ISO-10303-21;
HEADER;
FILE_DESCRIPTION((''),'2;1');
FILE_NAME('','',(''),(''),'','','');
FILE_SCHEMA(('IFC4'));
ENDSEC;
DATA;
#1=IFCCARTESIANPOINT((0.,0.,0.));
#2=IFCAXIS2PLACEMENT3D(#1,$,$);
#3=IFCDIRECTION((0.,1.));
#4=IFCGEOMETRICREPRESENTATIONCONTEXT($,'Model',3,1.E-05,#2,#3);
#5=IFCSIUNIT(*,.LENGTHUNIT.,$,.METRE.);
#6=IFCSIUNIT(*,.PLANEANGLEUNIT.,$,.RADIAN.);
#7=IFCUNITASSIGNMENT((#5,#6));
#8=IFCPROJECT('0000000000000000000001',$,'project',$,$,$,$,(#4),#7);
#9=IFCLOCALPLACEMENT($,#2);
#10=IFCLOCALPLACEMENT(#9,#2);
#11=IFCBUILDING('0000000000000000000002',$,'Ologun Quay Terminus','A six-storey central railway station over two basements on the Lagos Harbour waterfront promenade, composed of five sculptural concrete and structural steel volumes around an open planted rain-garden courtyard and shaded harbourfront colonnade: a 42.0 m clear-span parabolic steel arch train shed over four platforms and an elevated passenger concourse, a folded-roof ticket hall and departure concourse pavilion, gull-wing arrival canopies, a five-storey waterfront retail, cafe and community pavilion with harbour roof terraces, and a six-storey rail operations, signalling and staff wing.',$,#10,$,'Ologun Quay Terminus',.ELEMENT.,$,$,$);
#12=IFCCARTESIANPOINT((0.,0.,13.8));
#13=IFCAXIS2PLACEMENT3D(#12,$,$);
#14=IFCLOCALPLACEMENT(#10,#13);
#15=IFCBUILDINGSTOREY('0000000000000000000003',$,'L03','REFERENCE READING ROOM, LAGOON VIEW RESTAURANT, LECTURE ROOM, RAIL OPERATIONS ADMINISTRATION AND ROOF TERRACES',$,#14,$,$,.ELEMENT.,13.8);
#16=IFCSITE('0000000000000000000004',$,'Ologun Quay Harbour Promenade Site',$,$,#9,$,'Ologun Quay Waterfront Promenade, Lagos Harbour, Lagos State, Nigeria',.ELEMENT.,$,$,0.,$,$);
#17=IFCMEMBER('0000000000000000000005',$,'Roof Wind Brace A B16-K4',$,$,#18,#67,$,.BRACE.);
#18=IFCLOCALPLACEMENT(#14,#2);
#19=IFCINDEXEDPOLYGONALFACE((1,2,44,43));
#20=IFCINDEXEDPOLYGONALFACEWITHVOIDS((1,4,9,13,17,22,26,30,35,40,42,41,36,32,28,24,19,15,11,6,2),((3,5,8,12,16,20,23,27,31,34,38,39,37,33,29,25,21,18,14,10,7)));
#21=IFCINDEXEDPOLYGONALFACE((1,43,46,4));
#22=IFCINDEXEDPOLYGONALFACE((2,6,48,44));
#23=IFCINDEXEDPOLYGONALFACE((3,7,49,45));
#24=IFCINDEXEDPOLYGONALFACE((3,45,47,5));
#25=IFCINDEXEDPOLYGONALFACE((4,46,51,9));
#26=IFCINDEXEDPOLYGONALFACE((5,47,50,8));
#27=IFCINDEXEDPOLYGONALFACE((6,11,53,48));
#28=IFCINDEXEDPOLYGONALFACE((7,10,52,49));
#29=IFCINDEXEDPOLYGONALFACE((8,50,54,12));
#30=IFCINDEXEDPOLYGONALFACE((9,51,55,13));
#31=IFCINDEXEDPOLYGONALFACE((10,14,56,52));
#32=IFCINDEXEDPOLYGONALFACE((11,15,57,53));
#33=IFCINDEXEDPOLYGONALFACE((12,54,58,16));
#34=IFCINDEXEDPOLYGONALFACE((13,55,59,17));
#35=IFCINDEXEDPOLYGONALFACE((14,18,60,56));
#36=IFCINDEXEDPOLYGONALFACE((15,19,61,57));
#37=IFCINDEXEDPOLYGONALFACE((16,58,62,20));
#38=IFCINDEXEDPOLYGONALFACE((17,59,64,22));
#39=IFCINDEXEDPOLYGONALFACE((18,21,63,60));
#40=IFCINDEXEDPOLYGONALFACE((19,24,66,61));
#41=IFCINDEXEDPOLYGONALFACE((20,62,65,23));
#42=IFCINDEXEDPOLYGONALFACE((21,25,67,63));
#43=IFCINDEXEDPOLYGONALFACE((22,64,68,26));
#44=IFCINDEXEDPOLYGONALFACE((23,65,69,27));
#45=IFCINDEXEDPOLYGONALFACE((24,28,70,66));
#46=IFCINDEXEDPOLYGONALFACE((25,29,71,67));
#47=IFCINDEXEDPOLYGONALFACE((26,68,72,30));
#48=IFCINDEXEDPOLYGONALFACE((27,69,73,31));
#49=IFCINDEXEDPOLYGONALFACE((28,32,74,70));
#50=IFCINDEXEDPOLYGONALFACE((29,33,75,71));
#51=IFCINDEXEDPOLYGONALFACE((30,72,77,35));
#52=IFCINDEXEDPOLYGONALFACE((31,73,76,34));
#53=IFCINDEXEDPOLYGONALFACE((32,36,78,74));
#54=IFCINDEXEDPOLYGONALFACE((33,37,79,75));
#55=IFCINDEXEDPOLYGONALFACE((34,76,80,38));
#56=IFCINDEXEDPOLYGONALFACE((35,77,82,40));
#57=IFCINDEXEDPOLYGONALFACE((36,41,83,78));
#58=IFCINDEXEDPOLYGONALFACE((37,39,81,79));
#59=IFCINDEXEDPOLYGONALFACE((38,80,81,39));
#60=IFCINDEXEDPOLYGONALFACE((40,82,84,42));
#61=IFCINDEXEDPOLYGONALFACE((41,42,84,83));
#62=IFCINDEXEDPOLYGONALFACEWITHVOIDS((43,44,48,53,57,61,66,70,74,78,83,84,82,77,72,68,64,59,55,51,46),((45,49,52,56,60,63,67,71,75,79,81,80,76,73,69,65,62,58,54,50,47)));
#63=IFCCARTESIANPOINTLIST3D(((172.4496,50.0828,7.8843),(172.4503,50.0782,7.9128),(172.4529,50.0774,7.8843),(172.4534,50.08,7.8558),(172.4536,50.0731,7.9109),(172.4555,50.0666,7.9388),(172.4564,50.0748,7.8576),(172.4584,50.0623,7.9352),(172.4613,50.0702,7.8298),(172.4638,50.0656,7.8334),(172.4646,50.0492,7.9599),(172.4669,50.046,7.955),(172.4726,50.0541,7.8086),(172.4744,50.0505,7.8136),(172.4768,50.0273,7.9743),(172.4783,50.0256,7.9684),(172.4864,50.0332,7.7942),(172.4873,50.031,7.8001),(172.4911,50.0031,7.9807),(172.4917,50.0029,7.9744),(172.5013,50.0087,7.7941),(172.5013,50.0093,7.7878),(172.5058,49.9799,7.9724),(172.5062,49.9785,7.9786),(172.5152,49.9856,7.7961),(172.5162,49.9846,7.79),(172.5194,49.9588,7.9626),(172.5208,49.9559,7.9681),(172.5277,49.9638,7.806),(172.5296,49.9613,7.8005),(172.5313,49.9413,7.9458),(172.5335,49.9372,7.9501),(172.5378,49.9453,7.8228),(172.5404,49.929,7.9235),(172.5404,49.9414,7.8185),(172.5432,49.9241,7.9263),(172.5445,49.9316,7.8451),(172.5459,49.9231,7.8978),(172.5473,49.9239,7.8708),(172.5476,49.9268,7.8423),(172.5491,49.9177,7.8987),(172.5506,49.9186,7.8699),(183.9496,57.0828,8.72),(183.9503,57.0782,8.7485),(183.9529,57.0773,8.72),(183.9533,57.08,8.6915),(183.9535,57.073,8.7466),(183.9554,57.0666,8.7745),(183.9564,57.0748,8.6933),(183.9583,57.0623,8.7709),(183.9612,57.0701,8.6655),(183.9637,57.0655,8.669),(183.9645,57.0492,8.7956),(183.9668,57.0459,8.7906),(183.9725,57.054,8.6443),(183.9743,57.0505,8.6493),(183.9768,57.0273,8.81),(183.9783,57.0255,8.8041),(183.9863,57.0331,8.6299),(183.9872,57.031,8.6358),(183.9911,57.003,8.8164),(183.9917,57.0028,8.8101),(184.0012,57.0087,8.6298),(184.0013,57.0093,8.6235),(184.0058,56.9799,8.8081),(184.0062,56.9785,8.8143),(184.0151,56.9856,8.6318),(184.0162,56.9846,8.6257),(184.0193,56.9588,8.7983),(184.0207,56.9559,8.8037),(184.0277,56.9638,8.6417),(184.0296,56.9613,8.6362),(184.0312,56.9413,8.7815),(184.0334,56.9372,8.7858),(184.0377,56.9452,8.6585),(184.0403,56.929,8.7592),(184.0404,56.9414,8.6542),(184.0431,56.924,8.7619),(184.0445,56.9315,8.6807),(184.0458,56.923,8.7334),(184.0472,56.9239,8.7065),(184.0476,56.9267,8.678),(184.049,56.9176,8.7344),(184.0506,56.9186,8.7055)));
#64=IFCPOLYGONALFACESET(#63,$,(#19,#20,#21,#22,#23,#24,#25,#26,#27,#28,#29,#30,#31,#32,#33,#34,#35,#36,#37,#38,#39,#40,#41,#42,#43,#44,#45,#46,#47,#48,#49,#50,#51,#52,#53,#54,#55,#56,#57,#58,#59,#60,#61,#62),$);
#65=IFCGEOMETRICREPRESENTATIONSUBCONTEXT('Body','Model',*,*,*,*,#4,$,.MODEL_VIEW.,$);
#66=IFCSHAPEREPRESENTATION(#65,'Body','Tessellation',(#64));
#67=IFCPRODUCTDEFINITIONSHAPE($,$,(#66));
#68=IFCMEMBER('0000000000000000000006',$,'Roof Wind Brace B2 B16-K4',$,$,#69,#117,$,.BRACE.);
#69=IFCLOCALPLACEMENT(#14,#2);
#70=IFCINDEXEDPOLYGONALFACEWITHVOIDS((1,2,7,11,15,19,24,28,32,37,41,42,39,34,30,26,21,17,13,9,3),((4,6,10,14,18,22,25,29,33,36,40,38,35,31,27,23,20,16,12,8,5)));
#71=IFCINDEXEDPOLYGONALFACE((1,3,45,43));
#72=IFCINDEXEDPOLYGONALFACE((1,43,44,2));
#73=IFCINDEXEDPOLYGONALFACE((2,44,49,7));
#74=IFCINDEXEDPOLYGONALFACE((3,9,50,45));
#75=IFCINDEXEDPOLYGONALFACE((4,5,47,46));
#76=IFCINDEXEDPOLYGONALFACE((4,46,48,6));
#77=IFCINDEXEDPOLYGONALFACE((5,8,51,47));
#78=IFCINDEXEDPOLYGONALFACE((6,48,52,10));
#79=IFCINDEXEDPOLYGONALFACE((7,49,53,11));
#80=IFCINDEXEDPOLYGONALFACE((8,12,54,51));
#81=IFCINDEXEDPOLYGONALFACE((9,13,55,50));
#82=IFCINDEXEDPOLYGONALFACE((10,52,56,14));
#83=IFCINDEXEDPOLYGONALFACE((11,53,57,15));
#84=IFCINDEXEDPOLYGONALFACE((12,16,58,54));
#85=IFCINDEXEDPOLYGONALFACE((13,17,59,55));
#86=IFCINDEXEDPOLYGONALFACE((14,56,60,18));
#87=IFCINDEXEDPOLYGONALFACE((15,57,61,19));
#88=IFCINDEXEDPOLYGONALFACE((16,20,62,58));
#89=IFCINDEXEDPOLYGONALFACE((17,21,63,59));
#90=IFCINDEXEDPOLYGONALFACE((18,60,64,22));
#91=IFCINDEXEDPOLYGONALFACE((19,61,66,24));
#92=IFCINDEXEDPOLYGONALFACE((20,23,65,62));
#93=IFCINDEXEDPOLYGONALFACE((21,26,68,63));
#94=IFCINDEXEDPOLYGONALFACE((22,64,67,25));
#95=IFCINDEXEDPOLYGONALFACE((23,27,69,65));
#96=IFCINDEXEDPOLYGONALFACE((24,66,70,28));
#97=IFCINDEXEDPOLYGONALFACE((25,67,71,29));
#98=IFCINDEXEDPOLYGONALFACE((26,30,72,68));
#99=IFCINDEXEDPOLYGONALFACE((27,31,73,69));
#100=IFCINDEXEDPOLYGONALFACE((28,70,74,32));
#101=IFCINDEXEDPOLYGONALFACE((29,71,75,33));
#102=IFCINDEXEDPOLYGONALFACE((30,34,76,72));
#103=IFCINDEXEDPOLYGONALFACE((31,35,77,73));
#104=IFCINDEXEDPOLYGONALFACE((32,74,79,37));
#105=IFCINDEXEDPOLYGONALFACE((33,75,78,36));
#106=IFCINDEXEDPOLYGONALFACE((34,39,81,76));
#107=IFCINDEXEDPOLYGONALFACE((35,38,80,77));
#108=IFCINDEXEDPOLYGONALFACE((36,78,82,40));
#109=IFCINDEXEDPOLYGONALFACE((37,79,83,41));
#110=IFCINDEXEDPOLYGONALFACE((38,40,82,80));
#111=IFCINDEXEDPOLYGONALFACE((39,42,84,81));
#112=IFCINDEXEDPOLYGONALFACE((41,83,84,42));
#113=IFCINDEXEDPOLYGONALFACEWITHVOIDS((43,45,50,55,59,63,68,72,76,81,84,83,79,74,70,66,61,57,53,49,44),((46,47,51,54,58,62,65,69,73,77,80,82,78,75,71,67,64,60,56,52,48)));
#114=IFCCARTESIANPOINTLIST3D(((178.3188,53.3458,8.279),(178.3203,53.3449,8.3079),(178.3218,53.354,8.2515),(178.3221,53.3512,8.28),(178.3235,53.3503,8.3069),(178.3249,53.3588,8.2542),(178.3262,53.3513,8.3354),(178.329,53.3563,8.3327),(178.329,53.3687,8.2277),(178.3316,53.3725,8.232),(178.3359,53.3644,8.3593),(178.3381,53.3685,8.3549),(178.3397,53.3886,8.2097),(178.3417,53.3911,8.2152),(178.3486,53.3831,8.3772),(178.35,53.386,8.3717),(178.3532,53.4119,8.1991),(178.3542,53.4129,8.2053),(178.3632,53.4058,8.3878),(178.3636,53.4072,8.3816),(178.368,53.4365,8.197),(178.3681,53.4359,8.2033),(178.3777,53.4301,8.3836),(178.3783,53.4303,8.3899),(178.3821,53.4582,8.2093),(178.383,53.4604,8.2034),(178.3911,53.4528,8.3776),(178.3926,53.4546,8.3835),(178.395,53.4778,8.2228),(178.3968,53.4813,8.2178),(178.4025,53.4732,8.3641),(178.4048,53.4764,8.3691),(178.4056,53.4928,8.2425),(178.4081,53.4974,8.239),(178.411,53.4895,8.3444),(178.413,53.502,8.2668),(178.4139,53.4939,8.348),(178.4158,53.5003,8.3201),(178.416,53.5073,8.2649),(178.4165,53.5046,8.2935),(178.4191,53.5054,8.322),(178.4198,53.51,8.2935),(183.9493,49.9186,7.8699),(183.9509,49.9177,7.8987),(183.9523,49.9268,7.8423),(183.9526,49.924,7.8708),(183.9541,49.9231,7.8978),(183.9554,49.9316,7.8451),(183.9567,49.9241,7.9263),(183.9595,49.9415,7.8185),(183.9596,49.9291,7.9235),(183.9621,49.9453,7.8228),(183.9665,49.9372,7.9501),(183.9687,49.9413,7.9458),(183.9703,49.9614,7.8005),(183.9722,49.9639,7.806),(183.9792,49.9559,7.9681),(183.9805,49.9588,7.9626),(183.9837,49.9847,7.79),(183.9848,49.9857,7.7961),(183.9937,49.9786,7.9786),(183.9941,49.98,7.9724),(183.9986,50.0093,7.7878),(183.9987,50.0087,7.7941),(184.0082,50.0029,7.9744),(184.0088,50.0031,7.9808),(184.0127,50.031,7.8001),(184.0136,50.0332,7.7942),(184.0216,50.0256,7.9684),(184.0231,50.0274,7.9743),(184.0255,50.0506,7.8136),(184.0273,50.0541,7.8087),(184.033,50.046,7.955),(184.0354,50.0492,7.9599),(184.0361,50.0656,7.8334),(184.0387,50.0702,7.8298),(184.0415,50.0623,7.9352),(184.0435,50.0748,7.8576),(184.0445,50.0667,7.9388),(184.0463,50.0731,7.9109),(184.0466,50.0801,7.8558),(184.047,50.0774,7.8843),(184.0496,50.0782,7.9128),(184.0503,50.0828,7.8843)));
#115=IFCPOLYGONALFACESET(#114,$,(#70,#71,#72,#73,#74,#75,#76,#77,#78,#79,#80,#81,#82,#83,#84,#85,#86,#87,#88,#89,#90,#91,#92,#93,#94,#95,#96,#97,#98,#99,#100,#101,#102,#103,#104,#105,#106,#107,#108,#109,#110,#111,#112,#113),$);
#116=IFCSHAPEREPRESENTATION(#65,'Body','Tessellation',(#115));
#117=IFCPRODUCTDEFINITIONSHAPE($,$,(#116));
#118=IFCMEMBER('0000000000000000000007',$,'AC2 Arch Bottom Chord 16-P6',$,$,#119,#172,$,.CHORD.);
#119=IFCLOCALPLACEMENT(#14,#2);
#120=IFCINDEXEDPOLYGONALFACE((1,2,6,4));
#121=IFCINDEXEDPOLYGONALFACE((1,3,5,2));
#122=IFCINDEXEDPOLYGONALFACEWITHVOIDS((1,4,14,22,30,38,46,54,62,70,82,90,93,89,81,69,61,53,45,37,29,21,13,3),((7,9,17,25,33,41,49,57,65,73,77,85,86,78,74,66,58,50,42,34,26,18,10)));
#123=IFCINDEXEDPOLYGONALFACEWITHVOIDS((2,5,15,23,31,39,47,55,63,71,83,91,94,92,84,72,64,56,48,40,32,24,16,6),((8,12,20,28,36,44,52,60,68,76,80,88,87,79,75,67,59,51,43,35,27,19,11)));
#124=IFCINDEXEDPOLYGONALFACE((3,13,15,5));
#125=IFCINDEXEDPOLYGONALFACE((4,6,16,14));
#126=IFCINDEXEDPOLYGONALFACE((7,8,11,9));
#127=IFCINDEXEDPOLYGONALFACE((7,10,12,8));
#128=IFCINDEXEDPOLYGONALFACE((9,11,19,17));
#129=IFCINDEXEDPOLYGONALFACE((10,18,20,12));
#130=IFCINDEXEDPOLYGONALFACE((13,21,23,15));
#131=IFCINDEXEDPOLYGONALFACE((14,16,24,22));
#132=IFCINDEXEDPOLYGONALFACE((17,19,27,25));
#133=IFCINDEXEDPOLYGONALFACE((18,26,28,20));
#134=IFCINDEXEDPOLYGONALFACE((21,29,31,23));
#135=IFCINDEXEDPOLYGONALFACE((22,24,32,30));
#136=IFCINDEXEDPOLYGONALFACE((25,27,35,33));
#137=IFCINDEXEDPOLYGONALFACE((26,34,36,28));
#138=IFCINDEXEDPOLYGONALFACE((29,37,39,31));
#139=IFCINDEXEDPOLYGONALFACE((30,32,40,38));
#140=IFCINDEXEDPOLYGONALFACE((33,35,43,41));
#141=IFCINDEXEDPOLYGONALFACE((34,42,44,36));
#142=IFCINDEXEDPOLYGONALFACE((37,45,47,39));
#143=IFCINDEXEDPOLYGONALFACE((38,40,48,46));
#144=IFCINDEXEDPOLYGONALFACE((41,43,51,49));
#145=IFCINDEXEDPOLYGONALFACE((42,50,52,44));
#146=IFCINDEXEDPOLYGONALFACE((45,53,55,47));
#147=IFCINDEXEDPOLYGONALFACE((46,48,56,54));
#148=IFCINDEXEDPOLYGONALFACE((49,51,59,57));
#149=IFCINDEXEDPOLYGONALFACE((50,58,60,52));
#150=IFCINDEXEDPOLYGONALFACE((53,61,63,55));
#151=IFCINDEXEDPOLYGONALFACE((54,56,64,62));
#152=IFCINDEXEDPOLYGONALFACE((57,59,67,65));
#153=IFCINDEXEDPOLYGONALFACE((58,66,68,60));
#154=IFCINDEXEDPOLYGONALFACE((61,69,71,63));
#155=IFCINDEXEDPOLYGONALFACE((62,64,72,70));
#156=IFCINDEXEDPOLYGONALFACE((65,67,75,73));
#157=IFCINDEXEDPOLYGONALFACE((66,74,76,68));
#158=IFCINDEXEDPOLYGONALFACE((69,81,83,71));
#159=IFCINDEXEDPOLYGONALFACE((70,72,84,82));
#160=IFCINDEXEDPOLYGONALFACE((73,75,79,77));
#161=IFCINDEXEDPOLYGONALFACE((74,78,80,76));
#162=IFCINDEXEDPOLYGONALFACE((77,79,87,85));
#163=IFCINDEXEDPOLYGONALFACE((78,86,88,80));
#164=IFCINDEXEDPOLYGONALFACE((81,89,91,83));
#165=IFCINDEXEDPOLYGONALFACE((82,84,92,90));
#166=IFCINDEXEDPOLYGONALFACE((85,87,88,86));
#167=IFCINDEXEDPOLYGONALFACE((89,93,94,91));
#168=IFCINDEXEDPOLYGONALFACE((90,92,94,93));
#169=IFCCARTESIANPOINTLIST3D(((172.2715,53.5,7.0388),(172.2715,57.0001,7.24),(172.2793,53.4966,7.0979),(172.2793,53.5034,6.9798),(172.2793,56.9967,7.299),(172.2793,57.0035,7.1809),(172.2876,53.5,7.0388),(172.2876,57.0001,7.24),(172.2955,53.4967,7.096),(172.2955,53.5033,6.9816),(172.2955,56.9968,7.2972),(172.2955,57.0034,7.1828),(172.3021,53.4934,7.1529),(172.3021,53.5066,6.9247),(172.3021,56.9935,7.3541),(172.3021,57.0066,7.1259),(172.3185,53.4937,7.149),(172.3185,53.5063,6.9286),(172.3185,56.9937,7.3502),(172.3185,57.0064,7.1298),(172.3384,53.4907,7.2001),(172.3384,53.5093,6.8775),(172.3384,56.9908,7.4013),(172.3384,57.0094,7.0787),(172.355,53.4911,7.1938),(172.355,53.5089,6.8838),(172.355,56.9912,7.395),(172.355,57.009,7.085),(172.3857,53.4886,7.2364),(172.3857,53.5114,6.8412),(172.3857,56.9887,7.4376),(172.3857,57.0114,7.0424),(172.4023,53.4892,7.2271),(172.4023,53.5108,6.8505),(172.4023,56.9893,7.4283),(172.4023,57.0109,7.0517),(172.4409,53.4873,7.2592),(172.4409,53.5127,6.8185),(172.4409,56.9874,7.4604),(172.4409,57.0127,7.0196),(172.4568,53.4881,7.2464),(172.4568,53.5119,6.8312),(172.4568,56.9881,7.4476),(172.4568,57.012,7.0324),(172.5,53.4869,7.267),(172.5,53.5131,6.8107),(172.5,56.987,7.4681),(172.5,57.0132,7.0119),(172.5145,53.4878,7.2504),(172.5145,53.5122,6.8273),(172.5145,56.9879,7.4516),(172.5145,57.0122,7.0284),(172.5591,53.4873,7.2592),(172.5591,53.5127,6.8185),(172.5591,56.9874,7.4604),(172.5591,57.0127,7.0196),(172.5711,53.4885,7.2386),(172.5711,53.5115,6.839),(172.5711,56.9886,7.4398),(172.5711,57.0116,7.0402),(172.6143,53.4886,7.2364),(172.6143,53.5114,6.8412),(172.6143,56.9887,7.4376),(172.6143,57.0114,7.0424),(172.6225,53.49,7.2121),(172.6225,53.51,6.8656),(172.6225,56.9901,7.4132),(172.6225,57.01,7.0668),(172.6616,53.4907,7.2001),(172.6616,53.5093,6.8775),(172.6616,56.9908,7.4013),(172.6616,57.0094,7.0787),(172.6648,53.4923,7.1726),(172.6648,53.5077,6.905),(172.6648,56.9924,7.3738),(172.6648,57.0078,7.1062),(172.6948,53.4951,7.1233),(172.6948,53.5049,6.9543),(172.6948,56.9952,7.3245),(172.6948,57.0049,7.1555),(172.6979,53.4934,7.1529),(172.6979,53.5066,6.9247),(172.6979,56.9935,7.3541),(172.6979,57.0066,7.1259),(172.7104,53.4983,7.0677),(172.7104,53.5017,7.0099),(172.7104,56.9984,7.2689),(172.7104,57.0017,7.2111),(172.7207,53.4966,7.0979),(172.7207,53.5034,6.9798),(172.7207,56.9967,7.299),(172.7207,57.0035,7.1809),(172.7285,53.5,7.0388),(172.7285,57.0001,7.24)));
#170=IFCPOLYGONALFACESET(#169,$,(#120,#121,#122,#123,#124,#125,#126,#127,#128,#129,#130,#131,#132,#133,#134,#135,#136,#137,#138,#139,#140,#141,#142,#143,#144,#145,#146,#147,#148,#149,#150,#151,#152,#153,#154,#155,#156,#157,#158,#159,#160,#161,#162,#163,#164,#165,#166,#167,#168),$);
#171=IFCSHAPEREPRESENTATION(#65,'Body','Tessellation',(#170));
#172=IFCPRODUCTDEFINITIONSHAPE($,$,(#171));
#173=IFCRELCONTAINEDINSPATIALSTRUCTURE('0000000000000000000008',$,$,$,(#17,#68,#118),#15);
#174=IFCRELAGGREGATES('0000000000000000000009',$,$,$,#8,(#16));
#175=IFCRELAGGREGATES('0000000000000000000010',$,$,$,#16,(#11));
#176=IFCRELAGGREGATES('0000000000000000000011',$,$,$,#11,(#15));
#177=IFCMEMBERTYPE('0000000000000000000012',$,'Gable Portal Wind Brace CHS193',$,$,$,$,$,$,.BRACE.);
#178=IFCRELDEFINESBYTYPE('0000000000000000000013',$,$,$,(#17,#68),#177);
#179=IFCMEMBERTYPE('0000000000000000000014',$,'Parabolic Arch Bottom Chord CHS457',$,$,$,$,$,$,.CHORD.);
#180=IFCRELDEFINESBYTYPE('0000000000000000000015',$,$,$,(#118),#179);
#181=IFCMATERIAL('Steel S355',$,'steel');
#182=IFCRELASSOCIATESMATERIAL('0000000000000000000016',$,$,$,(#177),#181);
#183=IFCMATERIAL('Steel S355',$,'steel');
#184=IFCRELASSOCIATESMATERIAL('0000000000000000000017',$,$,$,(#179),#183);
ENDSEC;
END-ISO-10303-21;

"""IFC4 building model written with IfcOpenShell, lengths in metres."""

from ifc_helpers import new_model, si_unit, direction, frame, origin, origin_2d, place, context, subcontext, project, spatial, hollow_circle, extrude, material, material_profile, profile_set, type_object, element, save


model = new_model("IFC4")

# Units and contexts
model_context = context("Model", 3, precision=1e-05, world=origin(), true_north=direction((0.0, 1.0)))
body_context = subcontext(model_context, "Body", "Model", "MODEL_VIEW")
ifc_project = project(units=[si_unit("LENGTHUNIT", "METRE"), si_unit("PLANEANGLEUNIT", "RADIAN")], contexts=[model_context])

# Site, building, storey
site_placement = place(None, origin())
site = spatial("IfcSite", under=ifc_project, at=site_placement, Name="Ologun Quay Harbour Promenade Site", LongName="Ologun Quay Waterfront Promenade, Lagos Harbour, Lagos State, Nigeria", CompositionType="ELEMENT", RefElevation=0.0)
building_placement = place(site_placement, origin())
building = spatial("IfcBuilding", under=site, at=building_placement, Name="Ologun Quay Terminus", Description="A six-storey central railway station over two basements on the Lagos Harbour waterfront promenade, composed of five sculptural concrete and structural steel volumes around an open planted rain-garden courtyard and shaded harbourfront colonnade: a 42.0 m clear-span parabolic steel arch train shed over four platforms and an elevated passenger concourse, a folded-roof ticket hall and departure concourse pavilion, gull-wing arrival canopies, a five-storey waterfront retail, cafe and community pavilion with harbour roof terraces, and a six-storey rail operations, signalling and staff wing.", LongName="Ologun Quay Terminus", CompositionType="ELEMENT")
storey_placement = place(building_placement, frame((0.0, 0.0, 13.8)))
storey = spatial("IfcBuildingStorey", under=building, at=storey_placement, Name="L03", Description="REFERENCE READING ROOM, LAGOON VIEW RESTAURANT, LECTURE ROOM, RAIL OPERATIONS ADMINISTRATION AND ROOF TERRACES", CompositionType="ELEMENT", Elevation=13.8)

# Members
ifc_material_1 = material(Name="Steel S355", Category="steel")
ifc_material_profile_1 = material_profile(ifc_material_1, hollow_circle(Radius=0.0969, WallThickness=0.0063, at=origin_2d()), Name="CHS 193.7x6.3")
ifc_profile_set_1 = profile_set([ifc_material_profile_1], Name="Steel S355")
member_type_1 = type_object("IfcMemberType", Name="Gable Portal Wind Brace CHS193", PredefinedType="BRACE", material=ifc_profile_set_1)
member_1_placement = place(storey_placement, frame((172.5, 50.0, 7.8843), z_axis=(0.852558, 0.518948, 0.061954), x_axis=(-0.519947, 0.854199, 0.0)))
element("IfcMember", 1, at=member_1_placement, inside=storey, type_object=member_type_1, Name="Roof Wind Brace A B16-K4", PredefinedType="BRACE", context=body_context, shape_type="SweptSolid", body=[
    extrude(hollow_circle(Radius=0.0969, WallThickness=0.0063, at=origin_2d()), origin(), (0.0, 0.0, 1.0), 13.4888),
])
member_2_placement = place(storey_placement, frame((178.3694, 53.4272, 8.2935), z_axis=(0.852563, -0.518939, -0.061956), x_axis=(0.519938, 0.854204, 0.0)))
element("IfcMember", 2, at=member_2_placement, inside=storey, type_object=member_type_1, Name="Roof Wind Brace B2 B16-K4", PredefinedType="BRACE", context=body_context, shape_type="SweptSolid", body=[
    extrude(hollow_circle(Radius=0.0969, WallThickness=0.0063, at=origin_2d()), origin(), (0.0, 0.0, 1.0), 6.6042),
])
ifc_material_2 = material(Name="Steel S355", Category="steel")
ifc_material_profile_2 = material_profile(ifc_material_2, hollow_circle(Radius=0.2285, WallThickness=0.0161, at=origin_2d()), Name="CHS 457x16")
ifc_profile_set_2 = profile_set([ifc_material_profile_2], Name="Steel S355")
member_type_2 = type_object("IfcMemberType", Name="Parabolic Arch Bottom Chord CHS457", PredefinedType="CHORD", material=ifc_profile_set_2)
member_3_placement = place(storey_placement, frame((172.5, 53.5, 7.0388), z_axis=(0.0, 0.998352, 0.057383), x_axis=(-1.0, 0.0, 0.0)))
element("IfcMember", 3, at=member_3_placement, inside=storey, type_object=member_type_2, Name="AC2 Arch Bottom Chord 16-P6", PredefinedType="CHORD", context=body_context, shape_type="SweptSolid", body=[
    extrude(hollow_circle(Radius=0.2285, WallThickness=0.0161, at=origin_2d()), origin(), (0.0, 0.0, 1.0), 3.5059),
])

save(model, "model.ifc")
